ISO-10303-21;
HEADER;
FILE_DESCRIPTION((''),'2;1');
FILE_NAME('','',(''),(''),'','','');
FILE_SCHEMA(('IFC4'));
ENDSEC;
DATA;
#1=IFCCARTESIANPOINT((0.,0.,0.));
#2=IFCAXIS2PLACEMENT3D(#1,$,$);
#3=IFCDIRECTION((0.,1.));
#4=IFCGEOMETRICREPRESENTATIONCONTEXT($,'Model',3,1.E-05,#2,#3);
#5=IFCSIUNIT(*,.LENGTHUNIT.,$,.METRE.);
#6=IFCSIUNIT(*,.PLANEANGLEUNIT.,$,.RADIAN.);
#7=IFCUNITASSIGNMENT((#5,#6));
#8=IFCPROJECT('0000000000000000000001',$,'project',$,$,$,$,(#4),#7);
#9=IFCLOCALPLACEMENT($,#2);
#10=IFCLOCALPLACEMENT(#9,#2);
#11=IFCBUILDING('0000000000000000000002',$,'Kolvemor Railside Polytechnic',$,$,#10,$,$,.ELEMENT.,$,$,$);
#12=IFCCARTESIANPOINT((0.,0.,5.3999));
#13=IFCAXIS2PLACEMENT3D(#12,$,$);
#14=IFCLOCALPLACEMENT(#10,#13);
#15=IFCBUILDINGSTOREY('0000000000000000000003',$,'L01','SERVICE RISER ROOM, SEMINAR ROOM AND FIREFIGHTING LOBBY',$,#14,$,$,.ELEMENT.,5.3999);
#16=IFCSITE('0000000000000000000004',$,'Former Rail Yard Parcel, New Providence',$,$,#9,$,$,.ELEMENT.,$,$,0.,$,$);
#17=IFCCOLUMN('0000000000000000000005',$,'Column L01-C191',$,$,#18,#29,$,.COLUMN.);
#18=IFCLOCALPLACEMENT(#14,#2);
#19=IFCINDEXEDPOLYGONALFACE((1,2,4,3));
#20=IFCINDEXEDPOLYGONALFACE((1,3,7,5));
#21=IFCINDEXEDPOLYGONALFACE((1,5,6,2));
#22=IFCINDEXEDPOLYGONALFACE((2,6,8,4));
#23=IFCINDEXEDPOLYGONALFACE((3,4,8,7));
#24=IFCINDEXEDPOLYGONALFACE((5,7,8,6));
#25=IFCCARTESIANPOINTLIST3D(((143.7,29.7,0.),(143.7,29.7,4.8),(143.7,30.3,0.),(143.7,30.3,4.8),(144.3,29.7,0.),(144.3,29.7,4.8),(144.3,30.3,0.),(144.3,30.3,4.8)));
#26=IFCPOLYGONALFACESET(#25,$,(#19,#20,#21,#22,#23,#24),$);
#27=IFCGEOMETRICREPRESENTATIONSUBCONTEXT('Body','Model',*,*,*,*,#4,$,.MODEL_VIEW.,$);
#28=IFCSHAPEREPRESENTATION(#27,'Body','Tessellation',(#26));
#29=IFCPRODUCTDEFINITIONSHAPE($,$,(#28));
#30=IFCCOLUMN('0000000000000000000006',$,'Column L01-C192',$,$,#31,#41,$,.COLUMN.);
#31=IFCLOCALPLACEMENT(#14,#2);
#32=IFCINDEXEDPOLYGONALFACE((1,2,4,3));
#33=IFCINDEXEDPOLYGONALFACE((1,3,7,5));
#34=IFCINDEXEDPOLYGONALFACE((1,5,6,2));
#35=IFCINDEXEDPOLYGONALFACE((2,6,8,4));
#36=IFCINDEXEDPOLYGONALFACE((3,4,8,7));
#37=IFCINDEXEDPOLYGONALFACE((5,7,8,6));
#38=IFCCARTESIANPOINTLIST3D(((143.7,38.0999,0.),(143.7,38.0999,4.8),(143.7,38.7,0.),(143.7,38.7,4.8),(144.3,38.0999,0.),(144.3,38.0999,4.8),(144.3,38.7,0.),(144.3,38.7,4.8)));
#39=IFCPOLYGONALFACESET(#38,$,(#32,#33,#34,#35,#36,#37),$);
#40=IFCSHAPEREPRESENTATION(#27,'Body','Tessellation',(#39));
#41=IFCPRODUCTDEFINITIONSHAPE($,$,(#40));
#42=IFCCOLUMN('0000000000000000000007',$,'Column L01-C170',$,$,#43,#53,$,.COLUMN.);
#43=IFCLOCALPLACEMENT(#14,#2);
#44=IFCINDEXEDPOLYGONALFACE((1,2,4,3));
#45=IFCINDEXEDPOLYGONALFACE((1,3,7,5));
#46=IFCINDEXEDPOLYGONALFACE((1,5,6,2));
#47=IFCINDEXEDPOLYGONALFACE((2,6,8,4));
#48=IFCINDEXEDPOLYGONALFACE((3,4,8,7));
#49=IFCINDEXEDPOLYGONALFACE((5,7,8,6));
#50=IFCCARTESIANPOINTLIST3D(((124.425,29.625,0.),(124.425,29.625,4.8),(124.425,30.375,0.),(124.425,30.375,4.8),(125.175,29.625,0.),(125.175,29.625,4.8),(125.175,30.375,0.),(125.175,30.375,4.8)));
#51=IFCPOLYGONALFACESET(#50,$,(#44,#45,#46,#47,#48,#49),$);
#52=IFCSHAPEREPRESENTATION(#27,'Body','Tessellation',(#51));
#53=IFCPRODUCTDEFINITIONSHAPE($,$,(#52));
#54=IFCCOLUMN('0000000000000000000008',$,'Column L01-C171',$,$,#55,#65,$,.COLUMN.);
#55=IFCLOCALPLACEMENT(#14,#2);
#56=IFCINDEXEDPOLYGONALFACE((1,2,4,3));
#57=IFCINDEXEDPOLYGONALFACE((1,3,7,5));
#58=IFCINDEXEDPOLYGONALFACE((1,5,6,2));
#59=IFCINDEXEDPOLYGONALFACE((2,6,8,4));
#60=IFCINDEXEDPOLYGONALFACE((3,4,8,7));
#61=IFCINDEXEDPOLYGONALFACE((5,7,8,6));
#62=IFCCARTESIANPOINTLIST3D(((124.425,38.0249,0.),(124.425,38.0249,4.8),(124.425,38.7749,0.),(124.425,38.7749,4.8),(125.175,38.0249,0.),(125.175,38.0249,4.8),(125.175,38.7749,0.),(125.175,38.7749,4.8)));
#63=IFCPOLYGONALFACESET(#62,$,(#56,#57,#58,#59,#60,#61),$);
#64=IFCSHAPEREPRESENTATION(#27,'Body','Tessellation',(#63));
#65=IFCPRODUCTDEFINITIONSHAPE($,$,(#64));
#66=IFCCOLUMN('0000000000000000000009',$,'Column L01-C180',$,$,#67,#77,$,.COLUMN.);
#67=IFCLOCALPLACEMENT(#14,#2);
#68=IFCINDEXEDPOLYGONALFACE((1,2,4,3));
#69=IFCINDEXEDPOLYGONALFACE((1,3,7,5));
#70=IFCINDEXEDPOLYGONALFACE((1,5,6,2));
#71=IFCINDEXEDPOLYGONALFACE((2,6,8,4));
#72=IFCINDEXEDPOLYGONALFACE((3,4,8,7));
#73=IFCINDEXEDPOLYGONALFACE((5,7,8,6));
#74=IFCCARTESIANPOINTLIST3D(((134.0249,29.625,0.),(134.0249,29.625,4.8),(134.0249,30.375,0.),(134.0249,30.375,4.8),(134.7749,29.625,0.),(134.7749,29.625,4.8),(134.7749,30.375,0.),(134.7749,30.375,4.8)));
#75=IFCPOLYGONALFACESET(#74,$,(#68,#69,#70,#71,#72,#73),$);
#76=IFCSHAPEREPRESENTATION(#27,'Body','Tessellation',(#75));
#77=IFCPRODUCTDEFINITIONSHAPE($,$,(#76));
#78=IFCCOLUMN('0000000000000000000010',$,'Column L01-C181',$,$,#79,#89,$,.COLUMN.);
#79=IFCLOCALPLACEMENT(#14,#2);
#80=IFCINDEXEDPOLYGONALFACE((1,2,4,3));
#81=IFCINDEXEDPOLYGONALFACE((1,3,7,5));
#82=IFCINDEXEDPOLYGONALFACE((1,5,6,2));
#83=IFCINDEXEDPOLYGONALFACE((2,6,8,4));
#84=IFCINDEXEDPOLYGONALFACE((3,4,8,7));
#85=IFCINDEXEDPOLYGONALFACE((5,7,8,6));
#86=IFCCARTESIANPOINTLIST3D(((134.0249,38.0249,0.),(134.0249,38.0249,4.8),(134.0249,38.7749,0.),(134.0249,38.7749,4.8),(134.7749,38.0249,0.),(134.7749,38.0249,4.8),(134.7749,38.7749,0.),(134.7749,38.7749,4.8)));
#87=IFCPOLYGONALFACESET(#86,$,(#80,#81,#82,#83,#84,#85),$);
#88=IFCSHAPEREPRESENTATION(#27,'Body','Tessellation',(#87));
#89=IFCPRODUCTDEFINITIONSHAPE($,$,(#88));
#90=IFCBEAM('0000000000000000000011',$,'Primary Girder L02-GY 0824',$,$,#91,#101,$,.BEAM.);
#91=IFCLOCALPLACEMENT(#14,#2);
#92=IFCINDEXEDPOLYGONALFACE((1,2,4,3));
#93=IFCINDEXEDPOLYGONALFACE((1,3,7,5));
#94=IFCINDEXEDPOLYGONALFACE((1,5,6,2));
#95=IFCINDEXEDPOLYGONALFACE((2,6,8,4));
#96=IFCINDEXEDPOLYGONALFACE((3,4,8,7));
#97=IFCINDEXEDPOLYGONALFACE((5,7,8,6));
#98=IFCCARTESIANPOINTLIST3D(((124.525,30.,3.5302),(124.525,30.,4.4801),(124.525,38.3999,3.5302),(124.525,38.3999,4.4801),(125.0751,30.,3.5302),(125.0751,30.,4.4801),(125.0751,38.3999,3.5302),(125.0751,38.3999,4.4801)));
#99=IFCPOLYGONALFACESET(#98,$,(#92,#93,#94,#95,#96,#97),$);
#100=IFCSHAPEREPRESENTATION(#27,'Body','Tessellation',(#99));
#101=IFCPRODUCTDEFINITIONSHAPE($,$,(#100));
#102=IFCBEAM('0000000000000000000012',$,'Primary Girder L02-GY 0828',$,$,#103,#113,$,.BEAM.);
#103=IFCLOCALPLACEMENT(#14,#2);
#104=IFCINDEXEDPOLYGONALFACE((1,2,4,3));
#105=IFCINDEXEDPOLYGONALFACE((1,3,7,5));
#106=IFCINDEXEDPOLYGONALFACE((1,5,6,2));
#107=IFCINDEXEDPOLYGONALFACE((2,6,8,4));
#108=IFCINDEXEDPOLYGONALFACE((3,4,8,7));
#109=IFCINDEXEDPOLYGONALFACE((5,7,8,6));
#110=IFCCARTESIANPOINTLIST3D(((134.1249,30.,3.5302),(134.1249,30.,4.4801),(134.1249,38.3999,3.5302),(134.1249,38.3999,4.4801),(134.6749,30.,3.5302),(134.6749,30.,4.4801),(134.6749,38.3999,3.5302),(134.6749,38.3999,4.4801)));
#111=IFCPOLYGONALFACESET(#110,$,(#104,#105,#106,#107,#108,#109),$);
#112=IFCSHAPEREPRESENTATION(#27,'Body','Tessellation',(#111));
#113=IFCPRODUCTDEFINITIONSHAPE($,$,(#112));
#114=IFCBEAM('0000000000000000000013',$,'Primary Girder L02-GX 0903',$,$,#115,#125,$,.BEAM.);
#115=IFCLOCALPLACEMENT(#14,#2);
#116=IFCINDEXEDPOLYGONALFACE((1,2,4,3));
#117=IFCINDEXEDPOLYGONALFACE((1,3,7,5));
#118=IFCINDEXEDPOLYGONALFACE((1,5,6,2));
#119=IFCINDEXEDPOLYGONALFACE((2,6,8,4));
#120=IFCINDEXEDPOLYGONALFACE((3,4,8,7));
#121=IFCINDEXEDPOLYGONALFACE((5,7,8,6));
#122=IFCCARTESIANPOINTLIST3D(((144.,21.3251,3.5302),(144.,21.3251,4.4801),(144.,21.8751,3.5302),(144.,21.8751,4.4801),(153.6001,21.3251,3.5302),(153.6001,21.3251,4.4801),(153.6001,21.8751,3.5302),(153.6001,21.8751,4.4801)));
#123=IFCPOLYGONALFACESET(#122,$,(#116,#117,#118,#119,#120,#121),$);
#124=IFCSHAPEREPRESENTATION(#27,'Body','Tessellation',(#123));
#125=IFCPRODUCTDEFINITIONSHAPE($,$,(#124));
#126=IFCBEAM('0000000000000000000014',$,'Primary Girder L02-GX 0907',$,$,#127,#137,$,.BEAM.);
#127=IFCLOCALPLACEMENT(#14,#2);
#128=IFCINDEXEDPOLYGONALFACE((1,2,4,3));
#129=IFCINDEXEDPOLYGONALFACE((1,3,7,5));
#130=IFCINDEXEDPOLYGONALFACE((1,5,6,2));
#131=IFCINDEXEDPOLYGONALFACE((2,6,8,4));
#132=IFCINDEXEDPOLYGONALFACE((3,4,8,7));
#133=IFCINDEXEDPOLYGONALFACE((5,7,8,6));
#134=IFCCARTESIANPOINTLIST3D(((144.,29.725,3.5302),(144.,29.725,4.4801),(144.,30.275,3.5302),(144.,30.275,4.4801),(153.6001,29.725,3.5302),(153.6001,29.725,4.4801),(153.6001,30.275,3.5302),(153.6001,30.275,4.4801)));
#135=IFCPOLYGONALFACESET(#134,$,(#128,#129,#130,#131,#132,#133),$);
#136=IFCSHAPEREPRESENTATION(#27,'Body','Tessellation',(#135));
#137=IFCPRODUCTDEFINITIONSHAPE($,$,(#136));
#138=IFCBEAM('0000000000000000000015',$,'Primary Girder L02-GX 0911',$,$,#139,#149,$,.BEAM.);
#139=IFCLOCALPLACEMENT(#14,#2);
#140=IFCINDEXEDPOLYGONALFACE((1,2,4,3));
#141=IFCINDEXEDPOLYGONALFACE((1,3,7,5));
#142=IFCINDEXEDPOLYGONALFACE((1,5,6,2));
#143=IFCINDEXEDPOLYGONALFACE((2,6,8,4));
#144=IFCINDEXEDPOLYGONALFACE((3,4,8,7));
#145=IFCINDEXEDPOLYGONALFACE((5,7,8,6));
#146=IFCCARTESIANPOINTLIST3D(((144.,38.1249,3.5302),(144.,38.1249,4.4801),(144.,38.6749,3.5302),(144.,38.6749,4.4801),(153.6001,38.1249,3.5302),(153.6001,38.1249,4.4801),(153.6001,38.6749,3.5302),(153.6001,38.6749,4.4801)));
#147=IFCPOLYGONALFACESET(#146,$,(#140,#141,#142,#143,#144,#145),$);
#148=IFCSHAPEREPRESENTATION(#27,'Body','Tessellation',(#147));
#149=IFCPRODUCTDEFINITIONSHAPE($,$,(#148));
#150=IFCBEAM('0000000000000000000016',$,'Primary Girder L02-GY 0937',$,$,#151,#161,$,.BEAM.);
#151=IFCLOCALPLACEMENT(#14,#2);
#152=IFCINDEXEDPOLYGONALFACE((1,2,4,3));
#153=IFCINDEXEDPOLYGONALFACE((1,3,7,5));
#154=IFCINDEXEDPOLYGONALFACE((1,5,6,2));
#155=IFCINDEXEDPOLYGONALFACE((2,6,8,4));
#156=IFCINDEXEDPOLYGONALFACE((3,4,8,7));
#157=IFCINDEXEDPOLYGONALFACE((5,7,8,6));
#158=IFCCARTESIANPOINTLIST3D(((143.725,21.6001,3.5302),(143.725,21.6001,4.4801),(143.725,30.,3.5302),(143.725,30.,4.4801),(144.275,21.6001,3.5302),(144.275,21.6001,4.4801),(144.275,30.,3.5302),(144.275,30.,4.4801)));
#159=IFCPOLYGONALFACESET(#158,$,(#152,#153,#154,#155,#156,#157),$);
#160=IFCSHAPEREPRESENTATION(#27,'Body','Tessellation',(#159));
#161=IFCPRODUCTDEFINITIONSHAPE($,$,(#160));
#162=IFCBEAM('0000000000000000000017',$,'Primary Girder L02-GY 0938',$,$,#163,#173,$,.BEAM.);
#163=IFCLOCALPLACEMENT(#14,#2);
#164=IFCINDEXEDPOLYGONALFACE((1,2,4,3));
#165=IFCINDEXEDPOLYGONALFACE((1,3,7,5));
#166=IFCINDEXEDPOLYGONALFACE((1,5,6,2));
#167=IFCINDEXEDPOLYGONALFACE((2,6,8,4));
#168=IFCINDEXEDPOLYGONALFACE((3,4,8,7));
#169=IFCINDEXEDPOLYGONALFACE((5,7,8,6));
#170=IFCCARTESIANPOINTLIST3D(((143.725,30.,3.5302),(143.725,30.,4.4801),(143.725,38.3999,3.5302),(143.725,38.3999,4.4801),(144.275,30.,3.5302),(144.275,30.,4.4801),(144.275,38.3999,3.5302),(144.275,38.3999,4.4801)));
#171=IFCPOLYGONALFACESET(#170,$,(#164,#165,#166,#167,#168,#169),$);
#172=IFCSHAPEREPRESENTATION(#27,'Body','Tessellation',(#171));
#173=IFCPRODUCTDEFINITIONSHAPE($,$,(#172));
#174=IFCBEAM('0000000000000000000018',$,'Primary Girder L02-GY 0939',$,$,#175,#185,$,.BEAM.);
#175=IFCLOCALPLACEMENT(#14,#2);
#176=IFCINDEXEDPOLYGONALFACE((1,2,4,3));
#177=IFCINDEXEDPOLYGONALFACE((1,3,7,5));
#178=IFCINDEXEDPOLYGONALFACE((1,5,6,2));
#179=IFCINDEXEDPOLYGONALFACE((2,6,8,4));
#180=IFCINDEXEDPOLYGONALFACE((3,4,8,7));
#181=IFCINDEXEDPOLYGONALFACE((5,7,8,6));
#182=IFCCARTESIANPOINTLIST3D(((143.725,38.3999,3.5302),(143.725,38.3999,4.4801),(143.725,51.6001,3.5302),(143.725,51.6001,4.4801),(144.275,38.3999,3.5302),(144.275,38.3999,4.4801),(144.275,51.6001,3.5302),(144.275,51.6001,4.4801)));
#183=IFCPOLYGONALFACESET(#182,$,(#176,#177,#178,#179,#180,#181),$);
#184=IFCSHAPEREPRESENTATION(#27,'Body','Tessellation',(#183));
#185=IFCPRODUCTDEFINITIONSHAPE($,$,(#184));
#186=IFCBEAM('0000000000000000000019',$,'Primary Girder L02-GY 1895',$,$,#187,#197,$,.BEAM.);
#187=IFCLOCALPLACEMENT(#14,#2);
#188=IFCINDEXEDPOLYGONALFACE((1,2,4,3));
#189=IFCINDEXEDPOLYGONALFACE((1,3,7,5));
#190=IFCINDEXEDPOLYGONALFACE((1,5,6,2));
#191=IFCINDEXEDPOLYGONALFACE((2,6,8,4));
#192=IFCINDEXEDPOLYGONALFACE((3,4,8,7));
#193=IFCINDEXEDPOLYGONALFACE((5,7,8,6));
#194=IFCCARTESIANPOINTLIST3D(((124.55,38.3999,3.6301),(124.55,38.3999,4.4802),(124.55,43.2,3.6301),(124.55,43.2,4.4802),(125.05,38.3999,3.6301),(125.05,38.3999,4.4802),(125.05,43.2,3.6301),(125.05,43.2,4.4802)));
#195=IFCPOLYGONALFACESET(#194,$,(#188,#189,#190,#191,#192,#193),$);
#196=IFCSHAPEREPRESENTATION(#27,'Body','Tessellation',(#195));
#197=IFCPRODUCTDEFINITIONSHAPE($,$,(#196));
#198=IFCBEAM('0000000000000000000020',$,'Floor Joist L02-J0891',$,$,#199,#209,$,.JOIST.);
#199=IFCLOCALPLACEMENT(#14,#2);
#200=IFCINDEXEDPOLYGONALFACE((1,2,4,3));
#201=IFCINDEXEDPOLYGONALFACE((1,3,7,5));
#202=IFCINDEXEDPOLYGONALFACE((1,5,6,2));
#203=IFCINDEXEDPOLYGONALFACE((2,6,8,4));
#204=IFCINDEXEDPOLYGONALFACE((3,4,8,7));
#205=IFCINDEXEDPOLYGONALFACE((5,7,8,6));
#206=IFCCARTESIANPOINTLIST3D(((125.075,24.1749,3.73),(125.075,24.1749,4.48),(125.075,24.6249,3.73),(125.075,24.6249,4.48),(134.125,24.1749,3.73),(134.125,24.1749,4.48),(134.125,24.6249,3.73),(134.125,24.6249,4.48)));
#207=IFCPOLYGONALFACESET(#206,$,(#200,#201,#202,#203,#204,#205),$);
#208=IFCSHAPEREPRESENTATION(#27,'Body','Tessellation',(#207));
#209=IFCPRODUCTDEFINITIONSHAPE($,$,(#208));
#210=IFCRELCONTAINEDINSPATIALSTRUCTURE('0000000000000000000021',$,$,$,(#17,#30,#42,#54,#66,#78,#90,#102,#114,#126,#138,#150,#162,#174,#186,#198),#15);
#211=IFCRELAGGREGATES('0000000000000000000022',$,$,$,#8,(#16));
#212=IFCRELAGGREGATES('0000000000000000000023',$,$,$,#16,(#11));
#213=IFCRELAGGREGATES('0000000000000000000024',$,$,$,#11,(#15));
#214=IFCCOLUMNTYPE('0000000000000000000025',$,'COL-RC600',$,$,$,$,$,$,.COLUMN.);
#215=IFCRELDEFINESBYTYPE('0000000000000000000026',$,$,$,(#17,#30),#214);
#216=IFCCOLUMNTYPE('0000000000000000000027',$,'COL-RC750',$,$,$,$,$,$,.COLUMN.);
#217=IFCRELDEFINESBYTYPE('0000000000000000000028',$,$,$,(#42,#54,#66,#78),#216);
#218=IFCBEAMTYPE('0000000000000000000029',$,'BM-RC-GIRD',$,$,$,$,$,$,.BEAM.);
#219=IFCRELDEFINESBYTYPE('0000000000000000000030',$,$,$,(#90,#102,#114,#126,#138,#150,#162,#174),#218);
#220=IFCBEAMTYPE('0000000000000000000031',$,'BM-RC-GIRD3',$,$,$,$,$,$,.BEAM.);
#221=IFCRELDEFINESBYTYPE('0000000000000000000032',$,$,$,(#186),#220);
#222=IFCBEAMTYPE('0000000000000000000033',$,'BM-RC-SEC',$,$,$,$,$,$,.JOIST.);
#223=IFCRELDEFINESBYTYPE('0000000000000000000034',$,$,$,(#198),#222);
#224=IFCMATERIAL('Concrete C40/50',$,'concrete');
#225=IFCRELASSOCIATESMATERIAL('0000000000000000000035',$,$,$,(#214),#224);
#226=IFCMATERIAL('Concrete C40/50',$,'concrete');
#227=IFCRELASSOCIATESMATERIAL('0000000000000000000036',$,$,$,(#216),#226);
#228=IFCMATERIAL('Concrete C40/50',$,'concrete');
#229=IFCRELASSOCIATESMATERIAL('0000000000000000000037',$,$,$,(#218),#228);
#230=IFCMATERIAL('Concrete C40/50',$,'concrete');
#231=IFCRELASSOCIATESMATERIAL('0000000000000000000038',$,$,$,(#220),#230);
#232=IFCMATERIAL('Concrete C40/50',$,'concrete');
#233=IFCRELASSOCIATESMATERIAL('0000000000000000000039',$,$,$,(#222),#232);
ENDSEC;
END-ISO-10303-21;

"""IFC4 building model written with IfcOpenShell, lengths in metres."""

from ifc_helpers import new_model, si_unit, direction, frame, origin, origin_2d, place, context, subcontext, project, spatial, rectangle, extrude, material, material_profile, profile_set, type_object, element, save


model = new_model("IFC4")

# Units and contexts
model_context = context("Model", 3, precision=1e-05, world=origin(), true_north=direction((0.0, 1.0)))
body_context = subcontext(model_context, "Body", "Model", "MODEL_VIEW")
ifc_project = project(units=[si_unit("LENGTHUNIT", "METRE"), si_unit("PLANEANGLEUNIT", "RADIAN")], contexts=[model_context])

# Site, building, storey
site_placement = place(None, origin())
site = spatial("IfcSite", under=ifc_project, at=site_placement, Name="Former Rail Yard Parcel, New Providence", CompositionType="ELEMENT", RefElevation=0.0)
building_placement = place(site_placement, origin())
building = spatial("IfcBuilding", under=site, at=building_placement, Name="Kolvemor Railside Polytechnic", CompositionType="ELEMENT")
storey_placement = place(building_placement, frame((0.0, 0.0, 5.3999)))
storey = spatial("IfcBuildingStorey", under=building, at=storey_placement, Name="L01", Description="SERVICE RISER ROOM, SEMINAR ROOM AND FIREFIGHTING LOBBY", CompositionType="ELEMENT", Elevation=5.3999)

# Columns
ifc_material_1 = material(Name="Concrete C40/50", Category="concrete")
ifc_material_profile_1 = material_profile(ifc_material_1, rectangle(XDim=0.6001, YDim=0.6001, at=origin_2d()), Name="RC600x600")
ifc_profile_set_1 = profile_set([ifc_material_profile_1], Name="Concrete C40/50")
column_type_1 = type_object("IfcColumnType", Name="COL-RC600", PredefinedType="COLUMN", material=ifc_profile_set_1)
for number, where, z_axis, x_axis, name in (
    (1, (144.0, 30.0, 0.0), (0.0, 0.0, 1.0), (1.0, 0.0, 0.0), "Column L01-C191"),
    (2, (144.0, 38.3999, 0.0), (0.0, 0.0, 1.0), (1.0, 0.0, 0.0), "Column L01-C192"),
):
    element("IfcColumn", number, at=place(storey_placement, frame(where, z_axis=z_axis, x_axis=x_axis)), inside=storey, type_object=column_type_1, Name=name, PredefinedType="COLUMN", context=body_context, shape_type="SweptSolid", body=[
        extrude(rectangle(XDim=0.6001, YDim=0.6001, at=origin_2d()), origin(), (0.0, 0.0, 1.0), 4.8),
    ])
ifc_material_2 = material(Name="Concrete C40/50", Category="concrete")
ifc_material_profile_2 = material_profile(ifc_material_2, rectangle(XDim=0.75, YDim=0.75, at=origin_2d()), Name="RC750x750")
ifc_profile_set_2 = profile_set([ifc_material_profile_2], Name="Concrete C40/50")
column_type_2 = type_object("IfcColumnType", Name="COL-RC750", PredefinedType="COLUMN", material=ifc_profile_set_2)
for number, where, z_axis, x_axis, name in (
    (3, (124.8, 30.0, 0.0), (0.0, 0.0, 1.0), (1.0, 0.0, 0.0), "Column L01-C170"),
    (4, (124.8, 38.3999, 0.0), (0.0, 0.0, 1.0), (1.0, 0.0, 0.0), "Column L01-C171"),
    (5, (134.3999, 30.0, 0.0), (0.0, 0.0, 1.0), (1.0, 0.0, 0.0), "Column L01-C180"),
    (6, (134.3999, 38.3999, 0.0), (0.0, 0.0, 1.0), (1.0, 0.0, 0.0), "Column L01-C181"),
):
    element("IfcColumn", number, at=place(storey_placement, frame(where, z_axis=z_axis, x_axis=x_axis)), inside=storey, type_object=column_type_2, Name=name, PredefinedType="COLUMN", context=body_context, shape_type="SweptSolid", body=[
        extrude(rectangle(XDim=0.75, YDim=0.75, at=origin_2d()), origin(), (0.0, 0.0, 1.0), 4.8),
    ])

# Beams
ifc_material_3 = material(Name="Concrete C40/50", Category="concrete")
ifc_material_profile_3 = material_profile(ifc_material_3, rectangle(XDim=0.55, YDim=0.95, at=origin_2d()), Name="RC550x950")
ifc_profile_set_3 = profile_set([ifc_material_profile_3], Name="Concrete C40/50")
beam_type_1 = type_object("IfcBeamType", Name="BM-RC-GIRD", PredefinedType="BEAM", material=ifc_profile_set_3)
for number, where, z_axis, x_axis, name in (
    (7, (124.8, 30.0, 4.0051), (0.0, 1.0, 0.0), (-1.0, 0.0, 0.0), "Primary Girder L02-GY 0824"),
    (8, (134.3999, 30.0, 4.0051), (0.0, 1.0, 0.0), (-1.0, 0.0, 0.0), "Primary Girder L02-GY 0828"),
):
    element("IfcBeam", number, at=place(storey_placement, frame(where, z_axis=z_axis, x_axis=x_axis)), inside=storey, type_object=beam_type_1, Name=name, PredefinedType="BEAM", context=body_context, shape_type="SweptSolid", body=[
        extrude(rectangle(XDim=0.55, YDim=0.95, at=origin_2d()), origin(), (0.0, 0.0, 1.0), 8.3999),
    ])
for number, where, z_axis, x_axis, name in (
    (9, (144.0, 21.6001, 4.0051), (1.0, 0.0, 0.0), (0.0, 1.0, 0.0), "Primary Girder L02-GX 0903"),
    (10, (144.0, 30.0, 4.0051), (1.0, 0.0, 0.0), (0.0, 1.0, 0.0), "Primary Girder L02-GX 0907"),
    (11, (144.0, 38.3999, 4.0051), (1.0, 0.0, 0.0), (0.0, 1.0, 0.0), "Primary Girder L02-GX 0911"),
):
    element("IfcBeam", number, at=place(storey_placement, frame(where, z_axis=z_axis, x_axis=x_axis)), inside=storey, type_object=beam_type_1, Name=name, PredefinedType="BEAM", context=body_context, shape_type="SweptSolid", body=[
        extrude(rectangle(XDim=0.55, YDim=0.95, at=origin_2d()), origin(), (0.0, 0.0, 1.0), 9.6001),
    ])
for number, where, z_axis, x_axis, name in (
    (12, (144.0, 21.6001, 4.0051), (0.0, 1.0, 0.0), (-1.0, 0.0, 0.0), "Primary Girder L02-GY 0937"),
    (13, (144.0, 30.0, 4.0051), (0.0, 1.0, 0.0), (-1.0, 0.0, 0.0), "Primary Girder L02-GY 0938"),
):
    element("IfcBeam", number, at=place(storey_placement, frame(where, z_axis=z_axis, x_axis=x_axis)), inside=storey, type_object=beam_type_1, Name=name, PredefinedType="BEAM", context=body_context, shape_type="SweptSolid", body=[
        extrude(rectangle(XDim=0.55, YDim=0.95, at=origin_2d()), origin(), (0.0, 0.0, 1.0), 8.3999),
    ])
beam_1_placement = place(storey_placement, frame((144.0, 38.3999, 4.0051), z_axis=(0.0, 1.0, 0.0), x_axis=(-1.0, 0.0, 0.0)))
element("IfcBeam", 14, at=beam_1_placement, inside=storey, type_object=beam_type_1, Name="Primary Girder L02-GY 0939", PredefinedType="BEAM", context=body_context, shape_type="SweptSolid", body=[
    extrude(rectangle(XDim=0.55, YDim=0.95, at=origin_2d()), origin(), (0.0, 0.0, 1.0), 13.2002),
])
ifc_material_4 = material(Name="Concrete C40/50", Category="concrete")
ifc_material_profile_4 = material_profile(ifc_material_4, rectangle(XDim=0.5, YDim=0.8501, at=origin_2d()), Name="RC500x850")
ifc_profile_set_4 = profile_set([ifc_material_profile_4], Name="Concrete C40/50")
beam_type_2 = type_object("IfcBeamType", Name="BM-RC-GIRD3", PredefinedType="BEAM", material=ifc_profile_set_4)
beam_2_placement = place(storey_placement, frame((124.8, 38.3999, 4.0552), z_axis=(0.0, 1.0, 0.0), x_axis=(-1.0, 0.0, 0.0)))
element("IfcBeam", 15, at=beam_2_placement, inside=storey, type_object=beam_type_2, Name="Primary Girder L02-GY 1895", PredefinedType="BEAM", context=body_context, shape_type="SweptSolid", body=[
    extrude(rectangle(XDim=0.5, YDim=0.8501, at=origin_2d()), origin(), (0.0, 0.0, 1.0), 4.8),
])
ifc_material_5 = material(Name="Concrete C40/50", Category="concrete")
ifc_material_profile_5 = material_profile(ifc_material_5, rectangle(XDim=0.45, YDim=0.75, at=origin_2d()), Name="RC450x750")
ifc_profile_set_5 = profile_set([ifc_material_profile_5], Name="Concrete C40/50")
beam_type_3 = type_object("IfcBeamType", Name="BM-RC-SEC", PredefinedType="JOIST", material=ifc_profile_set_5)
for number, where, z_axis, x_axis, name in (
    (16, (125.075, 24.3999, 4.105), (1.0, 0.0, 0.0), (0.0, 1.0, 0.0), "Floor Joist L02-J0891"),
):
    element("IfcBeam", number, at=place(storey_placement, frame(where, z_axis=z_axis, x_axis=x_axis)), inside=storey, type_object=beam_type_3, Name=name, PredefinedType="JOIST", context=body_context, shape_type="SweptSolid", body=[
        extrude(rectangle(XDim=0.45, YDim=0.75, at=origin_2d()), origin(), (0.0, 0.0, 1.0), 9.05),
    ])

save(model, "model.ifc")
